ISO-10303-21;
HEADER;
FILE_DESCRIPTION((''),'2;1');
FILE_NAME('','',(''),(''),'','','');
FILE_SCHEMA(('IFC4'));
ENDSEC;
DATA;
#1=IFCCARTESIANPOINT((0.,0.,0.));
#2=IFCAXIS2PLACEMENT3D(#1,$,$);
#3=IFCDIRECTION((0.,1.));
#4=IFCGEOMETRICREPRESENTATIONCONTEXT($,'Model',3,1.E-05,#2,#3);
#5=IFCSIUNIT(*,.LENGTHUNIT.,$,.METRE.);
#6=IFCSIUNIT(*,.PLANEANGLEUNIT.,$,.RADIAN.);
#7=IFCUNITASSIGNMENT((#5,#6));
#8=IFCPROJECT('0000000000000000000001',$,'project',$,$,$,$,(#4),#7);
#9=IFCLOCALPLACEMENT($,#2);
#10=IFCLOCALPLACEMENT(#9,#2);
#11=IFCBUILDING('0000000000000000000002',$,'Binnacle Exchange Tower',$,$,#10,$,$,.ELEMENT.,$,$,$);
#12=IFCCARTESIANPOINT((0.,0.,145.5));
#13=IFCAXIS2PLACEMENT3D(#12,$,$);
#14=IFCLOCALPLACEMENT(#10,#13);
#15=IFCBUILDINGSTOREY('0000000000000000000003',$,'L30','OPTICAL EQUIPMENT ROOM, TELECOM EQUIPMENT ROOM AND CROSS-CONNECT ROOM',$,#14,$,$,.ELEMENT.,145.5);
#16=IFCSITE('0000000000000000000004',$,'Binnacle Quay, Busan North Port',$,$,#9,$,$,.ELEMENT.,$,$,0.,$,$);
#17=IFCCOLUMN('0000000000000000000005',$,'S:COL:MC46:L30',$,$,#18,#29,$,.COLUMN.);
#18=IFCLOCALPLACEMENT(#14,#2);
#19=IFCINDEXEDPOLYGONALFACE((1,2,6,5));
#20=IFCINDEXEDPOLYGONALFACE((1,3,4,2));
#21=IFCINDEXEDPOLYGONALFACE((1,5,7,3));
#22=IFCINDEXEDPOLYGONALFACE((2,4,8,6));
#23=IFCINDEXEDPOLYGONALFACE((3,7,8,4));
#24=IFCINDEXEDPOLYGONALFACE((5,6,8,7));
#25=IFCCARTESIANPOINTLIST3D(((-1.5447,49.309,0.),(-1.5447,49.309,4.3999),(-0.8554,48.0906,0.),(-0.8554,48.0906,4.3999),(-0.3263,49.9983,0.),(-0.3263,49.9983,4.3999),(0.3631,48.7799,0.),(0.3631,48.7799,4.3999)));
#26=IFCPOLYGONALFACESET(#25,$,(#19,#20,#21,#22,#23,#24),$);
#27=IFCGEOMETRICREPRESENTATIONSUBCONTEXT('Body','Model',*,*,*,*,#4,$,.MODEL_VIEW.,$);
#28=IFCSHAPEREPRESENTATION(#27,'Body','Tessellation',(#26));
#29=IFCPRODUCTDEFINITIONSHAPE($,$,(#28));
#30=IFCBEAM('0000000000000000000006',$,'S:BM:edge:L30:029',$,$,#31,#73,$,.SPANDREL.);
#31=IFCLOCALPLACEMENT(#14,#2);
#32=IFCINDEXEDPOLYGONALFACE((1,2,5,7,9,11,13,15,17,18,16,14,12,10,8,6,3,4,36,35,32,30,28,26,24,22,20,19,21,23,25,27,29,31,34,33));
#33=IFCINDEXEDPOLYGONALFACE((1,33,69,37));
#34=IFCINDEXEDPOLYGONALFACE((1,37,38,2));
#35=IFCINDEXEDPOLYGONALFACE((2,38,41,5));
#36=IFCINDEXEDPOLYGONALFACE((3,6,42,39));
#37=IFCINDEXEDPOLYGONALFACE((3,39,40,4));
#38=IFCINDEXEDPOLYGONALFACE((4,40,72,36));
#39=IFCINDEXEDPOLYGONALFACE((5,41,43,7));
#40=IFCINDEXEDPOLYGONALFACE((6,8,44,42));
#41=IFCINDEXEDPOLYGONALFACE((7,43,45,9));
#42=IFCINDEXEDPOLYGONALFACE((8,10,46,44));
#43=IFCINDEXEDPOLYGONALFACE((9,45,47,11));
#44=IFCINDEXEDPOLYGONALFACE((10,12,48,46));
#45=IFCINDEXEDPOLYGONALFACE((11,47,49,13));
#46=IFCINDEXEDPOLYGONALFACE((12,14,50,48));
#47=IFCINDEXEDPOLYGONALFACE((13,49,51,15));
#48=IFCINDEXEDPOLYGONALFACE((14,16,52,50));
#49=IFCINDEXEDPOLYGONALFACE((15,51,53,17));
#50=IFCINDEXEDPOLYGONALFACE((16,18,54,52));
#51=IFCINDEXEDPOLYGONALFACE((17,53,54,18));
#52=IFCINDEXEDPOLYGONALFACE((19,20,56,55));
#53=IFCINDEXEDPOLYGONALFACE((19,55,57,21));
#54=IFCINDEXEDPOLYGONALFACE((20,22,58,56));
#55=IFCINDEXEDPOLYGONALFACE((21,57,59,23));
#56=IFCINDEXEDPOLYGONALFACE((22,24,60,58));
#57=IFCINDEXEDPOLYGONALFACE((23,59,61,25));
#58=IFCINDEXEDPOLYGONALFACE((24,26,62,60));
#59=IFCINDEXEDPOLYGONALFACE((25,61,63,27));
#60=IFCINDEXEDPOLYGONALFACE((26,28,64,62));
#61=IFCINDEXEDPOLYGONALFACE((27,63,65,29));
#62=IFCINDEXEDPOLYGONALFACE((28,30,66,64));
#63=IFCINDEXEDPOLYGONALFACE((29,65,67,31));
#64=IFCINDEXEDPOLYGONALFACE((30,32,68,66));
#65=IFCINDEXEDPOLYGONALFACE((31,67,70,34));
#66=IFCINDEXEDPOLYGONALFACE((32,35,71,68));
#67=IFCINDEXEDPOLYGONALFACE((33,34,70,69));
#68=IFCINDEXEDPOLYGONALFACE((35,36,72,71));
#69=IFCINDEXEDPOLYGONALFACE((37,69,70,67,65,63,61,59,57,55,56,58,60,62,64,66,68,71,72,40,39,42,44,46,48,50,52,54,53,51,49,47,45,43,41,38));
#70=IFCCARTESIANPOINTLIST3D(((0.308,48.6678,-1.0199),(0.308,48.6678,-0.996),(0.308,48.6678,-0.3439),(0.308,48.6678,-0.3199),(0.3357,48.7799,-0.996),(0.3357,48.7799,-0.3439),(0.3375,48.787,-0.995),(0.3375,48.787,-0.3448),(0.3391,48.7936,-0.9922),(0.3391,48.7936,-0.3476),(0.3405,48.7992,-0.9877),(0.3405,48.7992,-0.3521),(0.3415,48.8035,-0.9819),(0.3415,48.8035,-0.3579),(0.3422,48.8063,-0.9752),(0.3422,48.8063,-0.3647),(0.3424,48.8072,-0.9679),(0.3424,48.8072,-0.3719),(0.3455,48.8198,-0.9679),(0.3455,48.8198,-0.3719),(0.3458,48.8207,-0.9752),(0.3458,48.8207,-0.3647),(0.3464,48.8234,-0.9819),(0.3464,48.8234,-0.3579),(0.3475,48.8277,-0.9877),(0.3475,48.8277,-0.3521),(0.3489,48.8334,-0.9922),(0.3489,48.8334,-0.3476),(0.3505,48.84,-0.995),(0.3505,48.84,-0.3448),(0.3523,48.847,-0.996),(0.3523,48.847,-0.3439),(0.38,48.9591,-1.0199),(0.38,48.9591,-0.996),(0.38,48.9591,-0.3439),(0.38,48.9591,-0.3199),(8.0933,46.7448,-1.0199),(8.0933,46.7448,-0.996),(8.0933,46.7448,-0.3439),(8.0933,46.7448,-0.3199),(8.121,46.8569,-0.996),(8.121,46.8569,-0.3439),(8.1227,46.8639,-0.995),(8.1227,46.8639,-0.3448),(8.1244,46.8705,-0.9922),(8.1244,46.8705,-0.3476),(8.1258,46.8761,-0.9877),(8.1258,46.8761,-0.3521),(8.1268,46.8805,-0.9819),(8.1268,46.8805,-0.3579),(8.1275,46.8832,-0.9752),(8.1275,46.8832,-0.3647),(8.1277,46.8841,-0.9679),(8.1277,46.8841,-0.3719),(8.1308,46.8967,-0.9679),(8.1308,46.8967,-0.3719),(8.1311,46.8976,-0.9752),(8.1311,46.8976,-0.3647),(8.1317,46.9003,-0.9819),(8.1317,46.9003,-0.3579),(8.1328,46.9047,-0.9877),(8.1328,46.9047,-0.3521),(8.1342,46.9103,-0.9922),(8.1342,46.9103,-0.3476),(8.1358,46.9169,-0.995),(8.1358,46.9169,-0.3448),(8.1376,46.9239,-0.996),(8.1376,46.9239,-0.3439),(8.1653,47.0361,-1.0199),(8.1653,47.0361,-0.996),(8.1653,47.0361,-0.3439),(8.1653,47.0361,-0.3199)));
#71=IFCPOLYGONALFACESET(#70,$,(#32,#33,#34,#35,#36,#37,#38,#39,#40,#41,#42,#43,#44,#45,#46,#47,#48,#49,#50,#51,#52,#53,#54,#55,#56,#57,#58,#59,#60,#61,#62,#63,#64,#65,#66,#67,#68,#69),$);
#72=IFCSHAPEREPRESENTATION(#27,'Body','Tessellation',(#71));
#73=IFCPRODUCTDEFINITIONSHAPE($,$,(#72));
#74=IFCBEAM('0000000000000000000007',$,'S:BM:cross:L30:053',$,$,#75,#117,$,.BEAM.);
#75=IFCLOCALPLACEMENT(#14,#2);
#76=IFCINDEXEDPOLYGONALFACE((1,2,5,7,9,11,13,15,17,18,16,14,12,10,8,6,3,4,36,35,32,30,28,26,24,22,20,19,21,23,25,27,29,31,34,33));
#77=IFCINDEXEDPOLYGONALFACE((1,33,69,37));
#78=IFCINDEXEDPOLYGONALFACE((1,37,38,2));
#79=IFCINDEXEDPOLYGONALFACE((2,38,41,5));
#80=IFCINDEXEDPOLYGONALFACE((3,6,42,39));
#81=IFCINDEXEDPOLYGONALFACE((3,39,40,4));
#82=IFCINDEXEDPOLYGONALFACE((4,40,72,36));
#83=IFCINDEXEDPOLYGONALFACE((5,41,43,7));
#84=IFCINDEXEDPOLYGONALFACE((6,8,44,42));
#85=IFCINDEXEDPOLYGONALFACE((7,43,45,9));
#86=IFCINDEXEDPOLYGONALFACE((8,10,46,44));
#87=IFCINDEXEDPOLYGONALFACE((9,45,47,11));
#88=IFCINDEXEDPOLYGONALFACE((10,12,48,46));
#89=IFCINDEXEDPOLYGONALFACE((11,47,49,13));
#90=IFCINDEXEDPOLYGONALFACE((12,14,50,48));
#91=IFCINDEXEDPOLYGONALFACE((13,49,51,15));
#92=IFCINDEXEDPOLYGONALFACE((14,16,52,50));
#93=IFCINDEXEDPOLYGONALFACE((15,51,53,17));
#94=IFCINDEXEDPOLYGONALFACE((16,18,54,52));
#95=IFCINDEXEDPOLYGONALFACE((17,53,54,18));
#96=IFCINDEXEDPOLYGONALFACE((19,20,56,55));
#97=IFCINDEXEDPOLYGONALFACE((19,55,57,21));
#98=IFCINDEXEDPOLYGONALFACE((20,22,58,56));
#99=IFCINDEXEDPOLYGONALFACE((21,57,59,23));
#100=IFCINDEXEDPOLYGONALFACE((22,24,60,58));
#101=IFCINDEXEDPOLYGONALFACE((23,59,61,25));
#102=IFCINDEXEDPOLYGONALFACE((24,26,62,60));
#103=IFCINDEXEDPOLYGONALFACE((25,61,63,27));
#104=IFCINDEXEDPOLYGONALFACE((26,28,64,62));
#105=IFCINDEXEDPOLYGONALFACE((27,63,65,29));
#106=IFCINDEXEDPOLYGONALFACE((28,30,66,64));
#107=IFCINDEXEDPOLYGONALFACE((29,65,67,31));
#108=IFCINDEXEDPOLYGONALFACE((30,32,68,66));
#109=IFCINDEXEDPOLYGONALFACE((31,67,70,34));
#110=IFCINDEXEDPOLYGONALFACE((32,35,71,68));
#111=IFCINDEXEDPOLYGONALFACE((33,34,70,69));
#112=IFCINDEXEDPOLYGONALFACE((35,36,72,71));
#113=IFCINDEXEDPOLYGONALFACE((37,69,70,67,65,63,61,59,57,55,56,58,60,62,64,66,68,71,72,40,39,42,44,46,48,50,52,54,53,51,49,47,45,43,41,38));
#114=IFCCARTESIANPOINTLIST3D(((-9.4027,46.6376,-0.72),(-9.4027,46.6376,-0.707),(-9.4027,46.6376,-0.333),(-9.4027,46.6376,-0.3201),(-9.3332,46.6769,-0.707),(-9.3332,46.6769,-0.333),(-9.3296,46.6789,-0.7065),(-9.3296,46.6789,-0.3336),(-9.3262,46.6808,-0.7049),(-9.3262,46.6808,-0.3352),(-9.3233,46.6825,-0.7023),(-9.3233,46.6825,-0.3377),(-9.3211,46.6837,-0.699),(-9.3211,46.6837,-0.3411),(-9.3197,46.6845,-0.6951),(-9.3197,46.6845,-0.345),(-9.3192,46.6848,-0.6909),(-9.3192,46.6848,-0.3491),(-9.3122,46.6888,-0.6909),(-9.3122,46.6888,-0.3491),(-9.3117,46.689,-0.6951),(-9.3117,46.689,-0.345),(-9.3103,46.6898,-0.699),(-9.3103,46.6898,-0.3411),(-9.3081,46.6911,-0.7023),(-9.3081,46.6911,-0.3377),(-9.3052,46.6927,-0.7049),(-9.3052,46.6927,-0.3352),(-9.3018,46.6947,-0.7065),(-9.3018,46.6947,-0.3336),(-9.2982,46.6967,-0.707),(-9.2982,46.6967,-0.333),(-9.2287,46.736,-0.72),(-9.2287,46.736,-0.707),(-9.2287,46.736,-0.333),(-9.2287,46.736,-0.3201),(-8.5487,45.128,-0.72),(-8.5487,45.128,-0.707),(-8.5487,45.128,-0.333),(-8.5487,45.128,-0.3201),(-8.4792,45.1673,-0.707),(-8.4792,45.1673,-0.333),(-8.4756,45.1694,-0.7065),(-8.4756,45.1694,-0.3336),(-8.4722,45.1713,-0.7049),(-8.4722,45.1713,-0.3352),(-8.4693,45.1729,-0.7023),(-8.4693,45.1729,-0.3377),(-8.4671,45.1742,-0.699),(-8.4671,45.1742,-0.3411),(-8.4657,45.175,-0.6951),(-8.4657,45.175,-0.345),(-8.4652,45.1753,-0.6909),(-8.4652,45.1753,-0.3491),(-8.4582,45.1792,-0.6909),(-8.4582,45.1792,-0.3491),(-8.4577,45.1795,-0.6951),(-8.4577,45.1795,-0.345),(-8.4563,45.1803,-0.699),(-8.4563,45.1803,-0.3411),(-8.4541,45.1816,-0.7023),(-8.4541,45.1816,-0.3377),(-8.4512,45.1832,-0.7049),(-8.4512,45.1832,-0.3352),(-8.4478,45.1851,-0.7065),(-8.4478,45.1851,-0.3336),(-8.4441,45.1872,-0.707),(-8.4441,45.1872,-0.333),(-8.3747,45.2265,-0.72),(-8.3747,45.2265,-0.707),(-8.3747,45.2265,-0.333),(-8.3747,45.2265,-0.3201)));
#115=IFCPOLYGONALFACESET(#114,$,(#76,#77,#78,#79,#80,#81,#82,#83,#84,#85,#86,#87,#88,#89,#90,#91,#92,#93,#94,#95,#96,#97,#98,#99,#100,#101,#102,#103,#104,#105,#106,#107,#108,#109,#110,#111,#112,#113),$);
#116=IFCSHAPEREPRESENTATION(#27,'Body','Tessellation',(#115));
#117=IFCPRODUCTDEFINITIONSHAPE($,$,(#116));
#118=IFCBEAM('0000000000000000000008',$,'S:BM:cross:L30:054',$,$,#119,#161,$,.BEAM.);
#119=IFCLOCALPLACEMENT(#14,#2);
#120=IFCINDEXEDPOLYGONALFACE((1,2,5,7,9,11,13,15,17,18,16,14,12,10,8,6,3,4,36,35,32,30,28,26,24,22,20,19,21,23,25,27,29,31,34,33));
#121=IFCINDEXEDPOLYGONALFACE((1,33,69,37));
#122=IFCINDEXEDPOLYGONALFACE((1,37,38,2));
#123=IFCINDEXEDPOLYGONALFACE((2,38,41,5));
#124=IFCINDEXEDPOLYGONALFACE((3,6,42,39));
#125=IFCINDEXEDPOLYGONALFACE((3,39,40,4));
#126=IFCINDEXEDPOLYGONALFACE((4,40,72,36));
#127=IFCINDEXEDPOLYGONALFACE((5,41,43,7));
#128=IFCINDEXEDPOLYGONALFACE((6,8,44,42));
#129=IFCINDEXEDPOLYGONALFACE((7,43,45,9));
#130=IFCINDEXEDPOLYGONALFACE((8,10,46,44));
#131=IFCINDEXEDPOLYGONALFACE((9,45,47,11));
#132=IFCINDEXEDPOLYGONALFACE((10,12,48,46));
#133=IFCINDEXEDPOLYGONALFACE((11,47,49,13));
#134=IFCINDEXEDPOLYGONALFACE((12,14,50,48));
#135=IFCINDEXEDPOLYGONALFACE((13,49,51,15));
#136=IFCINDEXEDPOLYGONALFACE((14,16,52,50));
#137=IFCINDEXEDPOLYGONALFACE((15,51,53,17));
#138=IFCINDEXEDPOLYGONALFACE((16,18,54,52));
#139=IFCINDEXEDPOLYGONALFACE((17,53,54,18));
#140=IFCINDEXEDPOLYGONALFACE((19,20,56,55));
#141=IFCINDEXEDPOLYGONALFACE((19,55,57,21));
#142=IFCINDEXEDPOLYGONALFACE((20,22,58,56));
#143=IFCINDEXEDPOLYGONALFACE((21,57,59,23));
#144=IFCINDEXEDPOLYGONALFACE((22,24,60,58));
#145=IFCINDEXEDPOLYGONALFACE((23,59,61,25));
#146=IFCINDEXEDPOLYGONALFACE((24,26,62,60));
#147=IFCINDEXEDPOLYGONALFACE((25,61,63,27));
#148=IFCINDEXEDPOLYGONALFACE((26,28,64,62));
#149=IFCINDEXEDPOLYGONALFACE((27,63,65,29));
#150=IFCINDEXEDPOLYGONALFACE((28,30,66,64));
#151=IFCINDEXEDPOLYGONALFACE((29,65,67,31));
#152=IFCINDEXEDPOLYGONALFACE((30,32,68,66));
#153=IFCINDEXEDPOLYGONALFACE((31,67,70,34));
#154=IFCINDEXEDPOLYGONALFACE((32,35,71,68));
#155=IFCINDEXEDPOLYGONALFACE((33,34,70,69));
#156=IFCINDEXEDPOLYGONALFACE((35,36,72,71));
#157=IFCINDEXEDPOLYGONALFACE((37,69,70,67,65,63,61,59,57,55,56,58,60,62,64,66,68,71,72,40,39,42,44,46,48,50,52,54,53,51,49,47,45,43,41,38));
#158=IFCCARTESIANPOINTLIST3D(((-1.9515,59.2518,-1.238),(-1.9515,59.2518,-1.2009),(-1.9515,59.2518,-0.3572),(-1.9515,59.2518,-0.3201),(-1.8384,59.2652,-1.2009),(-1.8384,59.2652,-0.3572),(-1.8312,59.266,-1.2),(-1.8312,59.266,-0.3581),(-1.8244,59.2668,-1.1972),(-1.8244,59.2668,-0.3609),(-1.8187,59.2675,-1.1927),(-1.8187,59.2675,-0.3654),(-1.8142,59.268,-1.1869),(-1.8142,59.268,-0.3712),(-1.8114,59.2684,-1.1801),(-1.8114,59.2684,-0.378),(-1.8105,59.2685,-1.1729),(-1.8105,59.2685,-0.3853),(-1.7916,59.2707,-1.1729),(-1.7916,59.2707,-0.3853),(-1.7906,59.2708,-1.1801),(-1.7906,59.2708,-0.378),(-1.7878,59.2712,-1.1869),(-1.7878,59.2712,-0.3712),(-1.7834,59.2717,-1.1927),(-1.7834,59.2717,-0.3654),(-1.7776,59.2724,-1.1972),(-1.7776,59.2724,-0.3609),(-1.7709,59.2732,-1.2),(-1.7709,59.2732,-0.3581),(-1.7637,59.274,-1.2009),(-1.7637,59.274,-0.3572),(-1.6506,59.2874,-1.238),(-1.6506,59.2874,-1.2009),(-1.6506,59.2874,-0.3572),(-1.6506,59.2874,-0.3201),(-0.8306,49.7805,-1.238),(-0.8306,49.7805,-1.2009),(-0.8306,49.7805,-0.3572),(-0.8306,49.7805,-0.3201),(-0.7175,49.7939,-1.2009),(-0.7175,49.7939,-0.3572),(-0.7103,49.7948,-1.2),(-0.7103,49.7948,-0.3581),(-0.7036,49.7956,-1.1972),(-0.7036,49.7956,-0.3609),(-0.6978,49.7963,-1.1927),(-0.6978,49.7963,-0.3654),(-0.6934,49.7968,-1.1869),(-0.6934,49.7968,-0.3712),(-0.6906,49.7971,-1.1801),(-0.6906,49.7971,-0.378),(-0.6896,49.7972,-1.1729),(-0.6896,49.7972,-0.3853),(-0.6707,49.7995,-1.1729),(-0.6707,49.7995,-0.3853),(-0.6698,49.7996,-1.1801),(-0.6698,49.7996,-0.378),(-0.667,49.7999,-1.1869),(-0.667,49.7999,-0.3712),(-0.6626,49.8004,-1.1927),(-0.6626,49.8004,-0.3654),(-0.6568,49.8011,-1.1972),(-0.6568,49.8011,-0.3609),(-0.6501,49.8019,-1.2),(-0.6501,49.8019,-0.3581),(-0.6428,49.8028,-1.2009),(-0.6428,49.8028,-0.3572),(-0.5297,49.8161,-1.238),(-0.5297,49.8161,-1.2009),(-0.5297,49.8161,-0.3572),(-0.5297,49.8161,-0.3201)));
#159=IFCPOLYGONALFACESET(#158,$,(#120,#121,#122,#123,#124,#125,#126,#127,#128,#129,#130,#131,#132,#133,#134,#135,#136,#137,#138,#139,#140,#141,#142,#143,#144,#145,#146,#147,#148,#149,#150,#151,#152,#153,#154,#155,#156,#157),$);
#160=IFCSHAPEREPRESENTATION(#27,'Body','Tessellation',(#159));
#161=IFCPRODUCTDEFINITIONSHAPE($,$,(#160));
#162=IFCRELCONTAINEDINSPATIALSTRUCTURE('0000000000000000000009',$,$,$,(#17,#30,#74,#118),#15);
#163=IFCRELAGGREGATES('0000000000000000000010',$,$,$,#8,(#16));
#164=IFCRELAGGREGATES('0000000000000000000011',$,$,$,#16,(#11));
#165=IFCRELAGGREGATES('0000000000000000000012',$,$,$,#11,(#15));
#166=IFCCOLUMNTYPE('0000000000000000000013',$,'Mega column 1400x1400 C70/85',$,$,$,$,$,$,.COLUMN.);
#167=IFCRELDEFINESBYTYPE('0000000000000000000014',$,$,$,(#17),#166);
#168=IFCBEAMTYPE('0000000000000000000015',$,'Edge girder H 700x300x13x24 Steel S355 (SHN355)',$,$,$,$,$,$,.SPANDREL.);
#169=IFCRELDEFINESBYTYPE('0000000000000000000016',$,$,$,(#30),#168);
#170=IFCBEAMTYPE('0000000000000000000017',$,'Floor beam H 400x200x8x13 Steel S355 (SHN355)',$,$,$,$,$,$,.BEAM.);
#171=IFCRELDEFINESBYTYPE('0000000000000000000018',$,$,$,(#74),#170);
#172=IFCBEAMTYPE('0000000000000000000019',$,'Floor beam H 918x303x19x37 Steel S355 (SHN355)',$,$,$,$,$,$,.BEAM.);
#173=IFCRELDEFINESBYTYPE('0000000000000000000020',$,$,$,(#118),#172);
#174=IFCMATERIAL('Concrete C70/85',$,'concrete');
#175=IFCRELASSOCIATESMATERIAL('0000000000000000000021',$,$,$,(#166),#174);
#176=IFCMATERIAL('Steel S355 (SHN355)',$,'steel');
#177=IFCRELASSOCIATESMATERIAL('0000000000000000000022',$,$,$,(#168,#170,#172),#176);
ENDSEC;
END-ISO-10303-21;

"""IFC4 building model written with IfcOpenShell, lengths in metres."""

from ifc_helpers import new_model, si_unit, direction, frame, origin, origin_2d, place, context, subcontext, project, spatial, rectangle, i_section, extrude, material, material_profile, profile_set, type_object, element, save


model = new_model("IFC4")

# Units and contexts
model_context = context("Model", 3, precision=1e-05, world=origin(), true_north=direction((0.0, 1.0)))
body_context = subcontext(model_context, "Body", "Model", "MODEL_VIEW")
ifc_project = project(units=[si_unit("LENGTHUNIT", "METRE"), si_unit("PLANEANGLEUNIT", "RADIAN")], contexts=[model_context])

# Site, building, storey
site_placement = place(None, origin())
site = spatial("IfcSite", under=ifc_project, at=site_placement, Name="Binnacle Quay, Busan North Port", CompositionType="ELEMENT", RefElevation=0.0)
building_placement = place(site_placement, origin())
building = spatial("IfcBuilding", under=site, at=building_placement, Name="Binnacle Exchange Tower", CompositionType="ELEMENT")
storey_placement = place(building_placement, frame((0.0, 0.0, 145.5)))
storey = spatial("IfcBuildingStorey", under=building, at=storey_placement, Name="L30", Description="OPTICAL EQUIPMENT ROOM, TELECOM EQUIPMENT ROOM AND CROSS-CONNECT ROOM", CompositionType="ELEMENT", Elevation=145.5)

# Column
ifc_material_1 = material(Name="Concrete C70/85", Category="concrete")
ifc_material_profile_1 = material_profile(ifc_material_1, rectangle(XDim=1.3999, YDim=1.3999, at=origin_2d()), Name="Mega column 1400x1400 C70/85")
ifc_profile_set_1 = profile_set([ifc_material_profile_1], Name="Concrete C70/85")
column_type = type_object("IfcColumnType", Name="Mega column 1400x1400 C70/85", PredefinedType="COLUMN", material=ifc_profile_set_1)
column_placement = place(storey_placement, frame((-0.5908, 49.0444, 0.0), z_axis=(0.0, 0.0, 1.0), x_axis=(0.870356, 0.492424, 0.0)))
element("IfcColumn", 1, at=column_placement, inside=storey, type_object=column_type, Name="S:COL:MC46:L30", PredefinedType="COLUMN", context=body_context, shape_type="SweptSolid", body=[
    extrude(rectangle(XDim=1.3999, YDim=1.3999, at=origin_2d()), origin(), (0.0, 0.0, 1.0), 4.3999),
])

# Beams
ifc_material_2 = material(Name="Steel S355 (SHN355)", Category="steel")
ifc_material_profile_2 = material_profile(ifc_material_2, i_section(OverallWidth=0.3, OverallDepth=0.7, WebThickness=0.0129, FlangeThickness=0.0239, FilletRadius=0.0281, at=origin_2d()), Name="H 700x300x13x24")
ifc_profile_set_2 = profile_set([ifc_material_profile_2], Name="Steel S355 (SHN355)")
beam_type_1 = type_object("IfcBeamType", Name="Edge girder H 700x300x13x24 Steel S355 (SHN355)", PredefinedType="SPANDREL", material=ifc_profile_set_2)
beam_1_placement = place(storey_placement, frame((0.344, 48.8135, -0.6699), z_axis=(0.970821, -0.239805, 0.0), x_axis=(0.239805, 0.970821, 0.0)))
element("IfcBeam", 2, at=beam_1_placement, inside=storey, type_object=beam_type_1, Name="S:BM:edge:L30:029", PredefinedType="SPANDREL", context=body_context, shape_type="SweptSolid", body=[
    extrude(i_section(OverallWidth=0.3, OverallDepth=0.7, WebThickness=0.0129, FlangeThickness=0.0239, FilletRadius=0.0281, at=origin_2d()), origin(), (0.0, 0.0, 1.0), 8.0193),
])
ifc_material_profile_3 = material_profile(ifc_material_2, i_section(OverallWidth=0.2, OverallDepth=0.3999, WebThickness=0.0081, FlangeThickness=0.0129, FilletRadius=0.0161, at=origin_2d()), Name="H 400x200x8x13")
ifc_profile_set_3 = profile_set([ifc_material_profile_3], Name="Steel S355 (SHN355)")
beam_type_2 = type_object("IfcBeamType", Name="Floor beam H 400x200x8x13 Steel S355 (SHN355)", PredefinedType="BEAM", material=ifc_profile_set_3)
beam_2_placement = place(storey_placement, frame((-8.4617, 45.1772, -0.52), z_axis=(-0.492405, 0.870366, 0.0), x_axis=(-0.870366, -0.492405, 0.0)))
element("IfcBeam", 3, at=beam_2_placement, inside=storey, type_object=beam_type_2, Name="S:BM:cross:L30:053", PredefinedType="BEAM", context=body_context, shape_type="SweptSolid", body=[
    extrude(i_section(OverallWidth=0.2, OverallDepth=0.3999, WebThickness=0.0081, FlangeThickness=0.0129, FilletRadius=0.0161, at=origin_2d()), origin(), (0.0, 0.0, 1.0), 1.7344),
])
ifc_material_profile_4 = material_profile(ifc_material_2, i_section(OverallWidth=0.303, OverallDepth=0.918, WebThickness=0.019, FlangeThickness=0.0371, FilletRadius=0.0281, at=origin_2d()), Name="H 918x303x19x37")
ifc_profile_set_4 = profile_set([ifc_material_profile_4], Name="Steel S355 (SHN355)")
beam_type_3 = type_object("IfcBeamType", Name="Floor beam H 918x303x19x37 Steel S355 (SHN355)", PredefinedType="BEAM", material=ifc_profile_set_4)
beam_3_placement = place(storey_placement, frame((-0.6802, 49.7983, -0.7791), z_axis=(-0.117523, 0.99307, 0.0), x_axis=(-0.99307, -0.117523, 0.0)))
element("IfcBeam", 4, at=beam_3_placement, inside=storey, type_object=beam_type_3, Name="S:BM:cross:L30:054", PredefinedType="BEAM", context=body_context, shape_type="SweptSolid", body=[
    extrude(i_section(OverallWidth=0.303, OverallDepth=0.918, WebThickness=0.019, FlangeThickness=0.0371, FilletRadius=0.0281, at=origin_2d()), origin(), (0.0, 0.0, 1.0), 9.5374),
])

save(model, "model.ifc")
